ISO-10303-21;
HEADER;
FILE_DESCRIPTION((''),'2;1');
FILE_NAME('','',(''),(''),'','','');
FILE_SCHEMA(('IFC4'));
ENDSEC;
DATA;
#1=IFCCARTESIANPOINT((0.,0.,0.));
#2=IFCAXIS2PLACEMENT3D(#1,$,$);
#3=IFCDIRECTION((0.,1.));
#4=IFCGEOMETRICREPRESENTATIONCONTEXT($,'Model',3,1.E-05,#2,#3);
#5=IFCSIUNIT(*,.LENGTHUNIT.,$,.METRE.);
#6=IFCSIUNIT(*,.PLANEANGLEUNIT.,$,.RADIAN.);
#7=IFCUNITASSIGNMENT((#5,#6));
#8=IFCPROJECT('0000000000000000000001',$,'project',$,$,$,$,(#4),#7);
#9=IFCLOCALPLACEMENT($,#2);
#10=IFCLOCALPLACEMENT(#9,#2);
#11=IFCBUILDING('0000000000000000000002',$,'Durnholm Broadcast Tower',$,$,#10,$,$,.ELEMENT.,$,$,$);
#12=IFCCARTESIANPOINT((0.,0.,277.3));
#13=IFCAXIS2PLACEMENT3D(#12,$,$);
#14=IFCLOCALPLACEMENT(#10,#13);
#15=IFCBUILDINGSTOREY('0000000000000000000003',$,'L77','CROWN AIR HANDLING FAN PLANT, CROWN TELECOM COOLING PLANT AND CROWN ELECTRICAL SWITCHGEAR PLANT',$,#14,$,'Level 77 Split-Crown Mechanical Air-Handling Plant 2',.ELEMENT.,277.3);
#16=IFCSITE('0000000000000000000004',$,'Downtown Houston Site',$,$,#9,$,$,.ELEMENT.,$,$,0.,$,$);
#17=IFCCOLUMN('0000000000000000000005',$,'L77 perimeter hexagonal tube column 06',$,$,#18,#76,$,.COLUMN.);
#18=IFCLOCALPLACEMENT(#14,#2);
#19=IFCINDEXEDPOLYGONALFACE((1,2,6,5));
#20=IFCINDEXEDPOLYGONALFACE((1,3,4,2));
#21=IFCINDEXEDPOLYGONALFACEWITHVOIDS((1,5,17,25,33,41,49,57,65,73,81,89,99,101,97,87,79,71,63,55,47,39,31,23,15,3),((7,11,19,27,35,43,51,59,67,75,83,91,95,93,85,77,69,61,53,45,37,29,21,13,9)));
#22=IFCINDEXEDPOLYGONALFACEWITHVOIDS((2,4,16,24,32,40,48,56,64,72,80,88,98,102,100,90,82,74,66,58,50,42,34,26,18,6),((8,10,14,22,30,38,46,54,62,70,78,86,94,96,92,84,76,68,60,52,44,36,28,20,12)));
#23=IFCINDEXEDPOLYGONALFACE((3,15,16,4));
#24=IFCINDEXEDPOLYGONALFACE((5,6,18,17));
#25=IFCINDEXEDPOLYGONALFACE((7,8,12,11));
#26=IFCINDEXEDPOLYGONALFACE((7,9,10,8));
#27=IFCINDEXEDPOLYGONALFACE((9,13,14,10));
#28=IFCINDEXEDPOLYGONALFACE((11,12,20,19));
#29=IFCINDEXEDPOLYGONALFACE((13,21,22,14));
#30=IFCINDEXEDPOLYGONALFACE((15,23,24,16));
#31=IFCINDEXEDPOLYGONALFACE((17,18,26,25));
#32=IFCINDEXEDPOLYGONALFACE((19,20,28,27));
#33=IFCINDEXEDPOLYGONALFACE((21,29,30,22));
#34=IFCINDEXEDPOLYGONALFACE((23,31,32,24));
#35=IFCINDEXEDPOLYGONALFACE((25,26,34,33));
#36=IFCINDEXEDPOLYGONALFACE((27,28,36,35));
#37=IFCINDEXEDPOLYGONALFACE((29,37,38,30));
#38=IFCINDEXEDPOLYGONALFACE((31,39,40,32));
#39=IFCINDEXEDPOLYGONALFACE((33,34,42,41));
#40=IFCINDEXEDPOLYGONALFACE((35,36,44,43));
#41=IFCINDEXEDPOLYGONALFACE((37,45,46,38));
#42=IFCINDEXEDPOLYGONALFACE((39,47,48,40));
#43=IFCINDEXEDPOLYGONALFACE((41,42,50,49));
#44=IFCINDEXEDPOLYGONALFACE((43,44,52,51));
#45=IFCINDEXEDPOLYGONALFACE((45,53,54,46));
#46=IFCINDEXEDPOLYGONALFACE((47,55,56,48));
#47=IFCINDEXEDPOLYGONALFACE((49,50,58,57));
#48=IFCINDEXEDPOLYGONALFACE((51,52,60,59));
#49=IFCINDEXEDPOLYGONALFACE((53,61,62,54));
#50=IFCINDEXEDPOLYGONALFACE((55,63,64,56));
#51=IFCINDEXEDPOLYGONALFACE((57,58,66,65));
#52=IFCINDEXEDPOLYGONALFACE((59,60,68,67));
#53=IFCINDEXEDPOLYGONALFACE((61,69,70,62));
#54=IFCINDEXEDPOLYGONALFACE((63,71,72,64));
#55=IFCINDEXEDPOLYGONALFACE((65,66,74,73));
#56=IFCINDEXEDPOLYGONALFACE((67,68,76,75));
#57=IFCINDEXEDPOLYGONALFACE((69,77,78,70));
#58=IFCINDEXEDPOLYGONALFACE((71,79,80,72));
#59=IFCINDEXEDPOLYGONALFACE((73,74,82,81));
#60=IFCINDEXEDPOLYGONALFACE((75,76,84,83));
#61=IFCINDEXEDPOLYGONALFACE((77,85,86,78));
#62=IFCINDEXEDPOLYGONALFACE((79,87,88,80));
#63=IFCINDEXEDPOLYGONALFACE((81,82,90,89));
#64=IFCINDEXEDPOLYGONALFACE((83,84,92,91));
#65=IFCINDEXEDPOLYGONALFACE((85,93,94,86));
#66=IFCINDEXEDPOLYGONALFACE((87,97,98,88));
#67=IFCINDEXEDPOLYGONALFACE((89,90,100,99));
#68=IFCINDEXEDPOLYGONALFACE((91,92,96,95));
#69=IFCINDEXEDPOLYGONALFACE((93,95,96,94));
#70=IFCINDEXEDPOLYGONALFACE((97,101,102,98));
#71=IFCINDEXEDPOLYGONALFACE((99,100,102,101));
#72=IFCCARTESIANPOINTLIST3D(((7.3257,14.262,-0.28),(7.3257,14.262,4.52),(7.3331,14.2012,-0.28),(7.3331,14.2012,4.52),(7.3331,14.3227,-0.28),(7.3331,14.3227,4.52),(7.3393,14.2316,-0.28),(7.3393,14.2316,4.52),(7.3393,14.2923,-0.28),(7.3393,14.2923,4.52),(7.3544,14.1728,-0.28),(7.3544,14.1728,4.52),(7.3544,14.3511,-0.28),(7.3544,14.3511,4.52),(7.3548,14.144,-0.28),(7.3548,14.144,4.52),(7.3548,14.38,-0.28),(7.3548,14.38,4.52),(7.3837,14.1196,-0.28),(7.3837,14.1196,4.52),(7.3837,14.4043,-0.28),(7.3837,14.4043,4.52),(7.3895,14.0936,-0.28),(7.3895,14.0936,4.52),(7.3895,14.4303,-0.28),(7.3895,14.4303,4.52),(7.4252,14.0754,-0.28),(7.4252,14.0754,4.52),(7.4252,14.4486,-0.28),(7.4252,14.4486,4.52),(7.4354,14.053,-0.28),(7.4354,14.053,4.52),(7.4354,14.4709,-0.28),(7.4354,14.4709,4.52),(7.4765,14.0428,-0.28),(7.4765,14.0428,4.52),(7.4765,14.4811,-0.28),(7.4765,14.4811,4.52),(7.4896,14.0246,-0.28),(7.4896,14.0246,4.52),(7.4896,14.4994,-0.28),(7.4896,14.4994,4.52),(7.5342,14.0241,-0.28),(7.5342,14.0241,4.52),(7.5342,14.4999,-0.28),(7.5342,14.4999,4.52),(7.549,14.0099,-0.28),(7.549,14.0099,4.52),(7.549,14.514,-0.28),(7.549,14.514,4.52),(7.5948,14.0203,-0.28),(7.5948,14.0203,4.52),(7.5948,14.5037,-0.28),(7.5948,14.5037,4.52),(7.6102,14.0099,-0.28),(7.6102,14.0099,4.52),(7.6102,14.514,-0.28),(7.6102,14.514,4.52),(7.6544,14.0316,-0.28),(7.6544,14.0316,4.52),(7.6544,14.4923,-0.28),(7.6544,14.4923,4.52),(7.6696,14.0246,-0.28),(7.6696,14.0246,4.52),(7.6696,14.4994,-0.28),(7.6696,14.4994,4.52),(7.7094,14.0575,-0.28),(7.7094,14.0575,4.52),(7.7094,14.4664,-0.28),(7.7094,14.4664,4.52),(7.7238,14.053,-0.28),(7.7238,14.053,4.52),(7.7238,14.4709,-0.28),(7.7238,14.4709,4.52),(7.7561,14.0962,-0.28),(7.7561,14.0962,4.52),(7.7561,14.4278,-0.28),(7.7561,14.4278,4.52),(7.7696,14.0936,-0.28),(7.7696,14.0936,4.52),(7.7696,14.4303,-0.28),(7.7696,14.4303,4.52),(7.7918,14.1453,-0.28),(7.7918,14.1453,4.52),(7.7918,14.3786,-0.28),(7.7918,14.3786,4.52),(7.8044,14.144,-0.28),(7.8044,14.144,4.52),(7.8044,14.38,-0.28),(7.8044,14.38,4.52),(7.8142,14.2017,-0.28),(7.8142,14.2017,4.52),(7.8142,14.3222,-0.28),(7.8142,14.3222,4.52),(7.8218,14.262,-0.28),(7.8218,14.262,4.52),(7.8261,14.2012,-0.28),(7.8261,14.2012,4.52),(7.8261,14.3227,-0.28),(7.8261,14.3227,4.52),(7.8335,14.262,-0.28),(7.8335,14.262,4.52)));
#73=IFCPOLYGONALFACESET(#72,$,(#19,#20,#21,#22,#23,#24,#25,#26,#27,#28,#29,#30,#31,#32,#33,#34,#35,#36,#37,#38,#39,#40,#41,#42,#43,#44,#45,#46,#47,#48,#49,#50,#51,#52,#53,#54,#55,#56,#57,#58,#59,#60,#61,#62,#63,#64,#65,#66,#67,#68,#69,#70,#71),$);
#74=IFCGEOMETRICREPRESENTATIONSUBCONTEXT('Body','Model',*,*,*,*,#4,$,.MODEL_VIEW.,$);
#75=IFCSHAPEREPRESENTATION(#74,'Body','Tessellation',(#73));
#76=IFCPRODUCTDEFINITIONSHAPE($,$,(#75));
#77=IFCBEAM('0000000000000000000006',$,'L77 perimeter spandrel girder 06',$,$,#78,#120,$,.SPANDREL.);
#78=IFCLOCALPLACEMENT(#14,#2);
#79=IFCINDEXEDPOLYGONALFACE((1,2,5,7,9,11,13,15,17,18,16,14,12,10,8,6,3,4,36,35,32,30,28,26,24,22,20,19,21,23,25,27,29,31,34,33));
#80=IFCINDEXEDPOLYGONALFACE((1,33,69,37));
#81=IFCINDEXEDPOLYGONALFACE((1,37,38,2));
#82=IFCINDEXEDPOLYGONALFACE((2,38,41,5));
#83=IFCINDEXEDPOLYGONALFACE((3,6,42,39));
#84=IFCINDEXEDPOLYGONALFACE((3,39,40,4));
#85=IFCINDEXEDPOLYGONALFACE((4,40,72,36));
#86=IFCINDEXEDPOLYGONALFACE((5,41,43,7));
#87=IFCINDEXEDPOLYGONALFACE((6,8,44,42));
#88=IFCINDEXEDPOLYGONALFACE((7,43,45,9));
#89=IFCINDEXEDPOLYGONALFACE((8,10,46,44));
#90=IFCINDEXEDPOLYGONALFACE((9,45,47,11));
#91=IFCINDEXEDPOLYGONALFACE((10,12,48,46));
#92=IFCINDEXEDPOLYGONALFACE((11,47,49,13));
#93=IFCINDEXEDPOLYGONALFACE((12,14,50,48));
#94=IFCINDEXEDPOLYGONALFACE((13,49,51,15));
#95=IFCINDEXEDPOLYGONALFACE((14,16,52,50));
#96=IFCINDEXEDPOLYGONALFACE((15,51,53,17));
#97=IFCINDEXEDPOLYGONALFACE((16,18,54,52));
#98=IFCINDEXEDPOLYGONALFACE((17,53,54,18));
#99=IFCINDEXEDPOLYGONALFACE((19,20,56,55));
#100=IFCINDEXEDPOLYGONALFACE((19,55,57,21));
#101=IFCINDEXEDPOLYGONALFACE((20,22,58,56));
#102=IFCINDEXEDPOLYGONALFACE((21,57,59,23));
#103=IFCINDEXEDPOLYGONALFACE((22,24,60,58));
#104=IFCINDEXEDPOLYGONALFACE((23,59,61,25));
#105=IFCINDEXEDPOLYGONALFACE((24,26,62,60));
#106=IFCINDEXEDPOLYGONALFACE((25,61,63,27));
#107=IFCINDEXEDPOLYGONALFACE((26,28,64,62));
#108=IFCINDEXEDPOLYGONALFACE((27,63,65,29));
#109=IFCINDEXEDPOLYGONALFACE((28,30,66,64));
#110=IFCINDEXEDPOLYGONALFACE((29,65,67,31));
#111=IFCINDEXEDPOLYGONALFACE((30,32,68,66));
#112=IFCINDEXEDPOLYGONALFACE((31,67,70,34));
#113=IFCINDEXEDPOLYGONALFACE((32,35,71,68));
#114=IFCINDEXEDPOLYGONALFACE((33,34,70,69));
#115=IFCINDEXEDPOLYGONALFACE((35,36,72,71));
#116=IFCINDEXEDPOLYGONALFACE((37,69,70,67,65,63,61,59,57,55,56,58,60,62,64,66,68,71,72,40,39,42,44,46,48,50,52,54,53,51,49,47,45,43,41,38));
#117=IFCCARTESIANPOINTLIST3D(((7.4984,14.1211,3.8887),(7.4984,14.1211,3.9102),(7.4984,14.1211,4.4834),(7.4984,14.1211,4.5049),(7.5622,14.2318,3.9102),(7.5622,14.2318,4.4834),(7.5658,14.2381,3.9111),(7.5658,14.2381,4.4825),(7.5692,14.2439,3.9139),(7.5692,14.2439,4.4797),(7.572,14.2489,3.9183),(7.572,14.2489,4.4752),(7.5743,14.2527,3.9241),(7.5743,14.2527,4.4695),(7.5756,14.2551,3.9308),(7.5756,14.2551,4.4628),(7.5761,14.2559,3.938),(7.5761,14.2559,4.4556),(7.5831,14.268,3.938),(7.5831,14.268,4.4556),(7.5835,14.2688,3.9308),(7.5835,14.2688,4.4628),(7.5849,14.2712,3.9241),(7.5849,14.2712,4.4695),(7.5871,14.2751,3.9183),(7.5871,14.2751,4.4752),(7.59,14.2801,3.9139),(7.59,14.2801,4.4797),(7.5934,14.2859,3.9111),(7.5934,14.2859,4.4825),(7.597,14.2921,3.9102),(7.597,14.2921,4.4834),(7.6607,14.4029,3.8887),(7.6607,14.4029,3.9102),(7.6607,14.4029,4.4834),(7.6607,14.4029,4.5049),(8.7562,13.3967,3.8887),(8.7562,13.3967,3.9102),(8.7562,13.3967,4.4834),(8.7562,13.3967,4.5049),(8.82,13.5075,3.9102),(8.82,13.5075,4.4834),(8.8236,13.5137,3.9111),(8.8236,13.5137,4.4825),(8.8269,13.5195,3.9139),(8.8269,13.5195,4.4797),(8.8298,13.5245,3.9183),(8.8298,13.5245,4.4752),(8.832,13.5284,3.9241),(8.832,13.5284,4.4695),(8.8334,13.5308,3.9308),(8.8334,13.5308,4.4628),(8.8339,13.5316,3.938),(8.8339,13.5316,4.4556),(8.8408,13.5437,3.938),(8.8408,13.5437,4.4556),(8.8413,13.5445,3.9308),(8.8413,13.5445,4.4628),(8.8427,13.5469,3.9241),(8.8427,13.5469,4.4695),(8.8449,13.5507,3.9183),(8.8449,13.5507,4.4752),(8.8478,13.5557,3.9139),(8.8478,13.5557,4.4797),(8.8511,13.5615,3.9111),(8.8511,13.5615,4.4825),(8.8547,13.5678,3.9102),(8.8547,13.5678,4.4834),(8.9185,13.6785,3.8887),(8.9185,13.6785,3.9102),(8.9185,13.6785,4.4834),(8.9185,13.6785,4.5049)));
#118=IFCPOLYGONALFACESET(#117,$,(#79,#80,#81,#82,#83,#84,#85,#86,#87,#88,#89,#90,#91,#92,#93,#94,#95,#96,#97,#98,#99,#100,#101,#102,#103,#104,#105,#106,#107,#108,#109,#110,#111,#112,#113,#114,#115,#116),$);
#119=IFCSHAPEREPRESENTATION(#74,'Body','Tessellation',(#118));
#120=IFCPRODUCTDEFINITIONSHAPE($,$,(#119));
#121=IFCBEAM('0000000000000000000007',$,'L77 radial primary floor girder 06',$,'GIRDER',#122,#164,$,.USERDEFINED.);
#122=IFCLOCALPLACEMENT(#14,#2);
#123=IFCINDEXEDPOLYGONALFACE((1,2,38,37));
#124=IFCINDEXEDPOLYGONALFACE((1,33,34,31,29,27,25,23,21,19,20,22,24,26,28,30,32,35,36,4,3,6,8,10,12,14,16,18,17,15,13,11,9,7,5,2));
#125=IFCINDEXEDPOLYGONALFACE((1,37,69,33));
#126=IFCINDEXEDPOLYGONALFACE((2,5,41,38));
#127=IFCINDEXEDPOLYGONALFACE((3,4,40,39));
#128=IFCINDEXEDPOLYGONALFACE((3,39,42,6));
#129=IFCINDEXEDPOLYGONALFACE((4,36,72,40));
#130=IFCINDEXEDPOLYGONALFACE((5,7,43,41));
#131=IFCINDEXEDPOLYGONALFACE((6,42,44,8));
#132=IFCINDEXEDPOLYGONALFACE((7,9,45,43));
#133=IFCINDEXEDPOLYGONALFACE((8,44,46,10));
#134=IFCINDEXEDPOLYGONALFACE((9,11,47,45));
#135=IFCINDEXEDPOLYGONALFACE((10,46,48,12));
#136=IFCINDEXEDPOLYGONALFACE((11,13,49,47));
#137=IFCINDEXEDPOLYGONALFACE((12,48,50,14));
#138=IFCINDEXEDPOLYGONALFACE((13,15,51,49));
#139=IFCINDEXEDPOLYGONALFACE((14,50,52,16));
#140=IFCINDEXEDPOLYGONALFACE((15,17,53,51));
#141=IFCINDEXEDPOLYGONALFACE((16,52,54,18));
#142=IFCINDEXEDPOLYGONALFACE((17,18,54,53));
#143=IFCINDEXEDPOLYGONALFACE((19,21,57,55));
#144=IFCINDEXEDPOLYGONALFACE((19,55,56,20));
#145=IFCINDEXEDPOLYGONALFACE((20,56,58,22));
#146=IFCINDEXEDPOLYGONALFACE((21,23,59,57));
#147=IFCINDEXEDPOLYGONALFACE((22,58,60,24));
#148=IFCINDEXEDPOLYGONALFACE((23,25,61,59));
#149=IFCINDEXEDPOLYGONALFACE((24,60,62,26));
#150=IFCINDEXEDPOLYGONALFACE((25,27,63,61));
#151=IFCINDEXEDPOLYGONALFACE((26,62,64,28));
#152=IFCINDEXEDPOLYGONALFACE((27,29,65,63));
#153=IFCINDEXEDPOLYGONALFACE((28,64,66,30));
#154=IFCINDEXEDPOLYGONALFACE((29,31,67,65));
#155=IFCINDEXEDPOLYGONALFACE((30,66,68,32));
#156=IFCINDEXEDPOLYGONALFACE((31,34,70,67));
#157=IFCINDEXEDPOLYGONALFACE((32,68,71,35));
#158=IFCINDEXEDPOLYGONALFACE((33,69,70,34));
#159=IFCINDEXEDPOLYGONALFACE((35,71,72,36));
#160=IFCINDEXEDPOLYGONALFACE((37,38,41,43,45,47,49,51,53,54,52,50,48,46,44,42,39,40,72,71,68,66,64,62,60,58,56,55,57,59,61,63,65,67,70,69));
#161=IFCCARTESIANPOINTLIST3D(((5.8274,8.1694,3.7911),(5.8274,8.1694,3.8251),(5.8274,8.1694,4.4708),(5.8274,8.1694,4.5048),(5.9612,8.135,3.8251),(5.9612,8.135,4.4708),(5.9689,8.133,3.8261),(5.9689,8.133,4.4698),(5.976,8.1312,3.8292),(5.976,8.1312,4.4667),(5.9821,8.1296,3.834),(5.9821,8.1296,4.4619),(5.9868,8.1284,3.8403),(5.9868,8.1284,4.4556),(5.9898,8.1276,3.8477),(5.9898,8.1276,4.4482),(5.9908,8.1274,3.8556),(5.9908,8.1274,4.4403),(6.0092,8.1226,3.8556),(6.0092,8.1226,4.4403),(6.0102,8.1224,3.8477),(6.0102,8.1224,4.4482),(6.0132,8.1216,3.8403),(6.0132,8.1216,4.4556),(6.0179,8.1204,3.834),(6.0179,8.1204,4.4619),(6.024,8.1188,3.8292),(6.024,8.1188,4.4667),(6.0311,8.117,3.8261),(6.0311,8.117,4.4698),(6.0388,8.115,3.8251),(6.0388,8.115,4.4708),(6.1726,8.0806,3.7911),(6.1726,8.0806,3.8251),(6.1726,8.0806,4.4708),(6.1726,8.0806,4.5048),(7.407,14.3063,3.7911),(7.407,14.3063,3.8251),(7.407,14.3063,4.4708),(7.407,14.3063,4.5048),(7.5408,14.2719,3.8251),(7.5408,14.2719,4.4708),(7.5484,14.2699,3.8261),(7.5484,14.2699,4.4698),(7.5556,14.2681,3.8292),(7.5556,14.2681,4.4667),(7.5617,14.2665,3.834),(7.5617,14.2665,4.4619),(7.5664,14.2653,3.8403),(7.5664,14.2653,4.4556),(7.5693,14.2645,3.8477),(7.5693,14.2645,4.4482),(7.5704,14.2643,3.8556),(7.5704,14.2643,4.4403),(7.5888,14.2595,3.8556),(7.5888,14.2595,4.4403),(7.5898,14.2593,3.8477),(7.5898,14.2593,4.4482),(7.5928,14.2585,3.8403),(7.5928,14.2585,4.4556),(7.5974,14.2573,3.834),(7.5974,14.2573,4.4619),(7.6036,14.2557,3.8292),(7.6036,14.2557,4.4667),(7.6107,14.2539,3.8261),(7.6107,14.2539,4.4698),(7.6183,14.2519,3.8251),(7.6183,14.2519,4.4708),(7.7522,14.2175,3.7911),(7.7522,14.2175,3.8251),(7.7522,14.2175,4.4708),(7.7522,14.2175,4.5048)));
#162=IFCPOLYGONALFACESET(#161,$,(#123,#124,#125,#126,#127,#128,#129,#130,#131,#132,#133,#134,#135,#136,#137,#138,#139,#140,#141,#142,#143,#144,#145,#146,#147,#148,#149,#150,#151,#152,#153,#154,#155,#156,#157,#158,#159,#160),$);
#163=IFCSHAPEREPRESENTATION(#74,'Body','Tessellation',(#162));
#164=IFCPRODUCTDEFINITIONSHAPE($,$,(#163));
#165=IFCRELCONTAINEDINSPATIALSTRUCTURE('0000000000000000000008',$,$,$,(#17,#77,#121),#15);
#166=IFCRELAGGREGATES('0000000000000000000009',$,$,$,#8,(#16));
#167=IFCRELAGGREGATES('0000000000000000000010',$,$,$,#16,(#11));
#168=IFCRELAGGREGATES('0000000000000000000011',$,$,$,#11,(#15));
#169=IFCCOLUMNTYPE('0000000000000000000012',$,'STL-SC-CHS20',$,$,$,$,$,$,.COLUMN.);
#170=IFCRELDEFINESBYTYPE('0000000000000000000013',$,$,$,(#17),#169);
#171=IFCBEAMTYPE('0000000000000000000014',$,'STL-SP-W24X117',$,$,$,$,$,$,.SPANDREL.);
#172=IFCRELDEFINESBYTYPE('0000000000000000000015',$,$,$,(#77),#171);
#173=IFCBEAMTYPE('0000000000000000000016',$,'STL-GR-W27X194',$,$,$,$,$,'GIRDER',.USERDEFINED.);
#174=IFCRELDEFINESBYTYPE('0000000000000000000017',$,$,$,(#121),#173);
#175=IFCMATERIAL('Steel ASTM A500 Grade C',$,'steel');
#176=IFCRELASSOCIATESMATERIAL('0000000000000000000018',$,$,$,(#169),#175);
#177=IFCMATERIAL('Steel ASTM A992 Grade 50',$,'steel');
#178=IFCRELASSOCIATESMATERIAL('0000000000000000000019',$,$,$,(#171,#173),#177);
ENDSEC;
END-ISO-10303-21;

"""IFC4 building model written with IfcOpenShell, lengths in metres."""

from ifc_helpers import new_model, si_unit, direction, frame, origin, origin_2d, place, context, subcontext, project, spatial, hollow_circle, i_section, extrude, source, transform, mapped, material, material_profile, profile_set, type_object, type_shapes, element, save


model = new_model("IFC4")

# Units and contexts
model_context = context("Model", 3, precision=1e-05, world=origin(), true_north=direction((0.0, 1.0)))
body_context = subcontext(model_context, "Body", "Model", "MODEL_VIEW")
ifc_project = project(units=[si_unit("LENGTHUNIT", "METRE"), si_unit("PLANEANGLEUNIT", "RADIAN")], contexts=[model_context])

# Site, building, storey
site_placement = place(None, origin())
site = spatial("IfcSite", under=ifc_project, at=site_placement, Name="Downtown Houston Site", CompositionType="ELEMENT", RefElevation=0.0)
building_placement = place(site_placement, origin())
building = spatial("IfcBuilding", under=site, at=building_placement, Name="Durnholm Broadcast Tower", CompositionType="ELEMENT")
storey_placement = place(building_placement, frame((0.0, 0.0, 277.3)))
storey = spatial("IfcBuildingStorey", under=building, at=storey_placement, Name="L77", Description="CROWN AIR HANDLING FAN PLANT, CROWN TELECOM COOLING PLANT AND CROWN ELECTRICAL SWITCHGEAR PLANT", LongName="Level 77 Split-Crown Mechanical Air-Handling Plant 2", CompositionType="ELEMENT", Elevation=277.3)

# Column
ifc_material_1 = material(Name="Steel ASTM A500 Grade C", Category="steel")
ifc_material_profile_1 = material_profile(ifc_material_1, hollow_circle(Radius=0.2539, WallThickness=0.0117, at=origin_2d()), Name="HSS20.000X0.500")
ifc_profile_set_1 = profile_set([ifc_material_profile_1], Name="Steel ASTM A500 Grade C")
column_type = type_object("IfcColumnType", Name="STL-SC-CHS20", PredefinedType="COLUMN", material=ifc_profile_set_1)
shared_shape_1 = source(origin(), body_context, "Body", "SweptSolid", [
    extrude(hollow_circle(Radius=0.2539, WallThickness=0.0117, at=origin_2d()), origin(), (0.0, 0.0, 1.0), 4.8),
])
type_shapes(column_type, [shared_shape_1])
column_placement = place(storey_placement, frame((7.5796, 14.262, -0.28), z_axis=(0.0, 0.0, 1.0), x_axis=(1.0, 0.0, 0.0)))
element("IfcColumn", 1, at=column_placement, inside=storey, type_object=column_type, Name="L77 perimeter hexagonal tube column 06", PredefinedType="COLUMN", context=body_context, shape_type="MappedRepresentation", body=[
    mapped(shared_shape_1, transform((0.0, 0.0, 0.0), x_axis=(1.0, 0.0, 0.0), y_axis=(0.0, 1.0, 0.0), z_axis=(0.0, 0.0, 1.0), scale=1.0)),
])

# Beams
ifc_material_2 = material(Name="Steel ASTM A992 Grade 50", Category="steel")
ifc_material_profile_2 = material_profile(ifc_material_2, i_section(OverallWidth=0.3252, OverallDepth=0.6162, WebThickness=0.0139, FlangeThickness=0.0215, FilletRadius=0.0278, at=origin_2d()), Name="W24X117")
ifc_profile_set_2 = profile_set([ifc_material_profile_2], Name="Steel ASTM A992 Grade 50")
beam_type_1 = type_object("IfcBeamType", Name="STL-SP-W24X117", PredefinedType="SPANDREL", material=ifc_profile_set_2)
shared_shape_2 = source(origin(), body_context, "Body", "SweptSolid", [
    extrude(i_section(OverallWidth=0.3252, OverallDepth=0.6162, WebThickness=0.0139, FlangeThickness=0.0215, FilletRadius=0.0278, at=origin_2d()), origin(), (0.0, 0.0, 1.0), 1.4514),
])
type_shapes(beam_type_1, [shared_shape_2])
beam_1_placement = place(storey_placement, frame((7.5796, 14.262, 4.1968), z_axis=(0.866572, -0.499052, 0.0), x_axis=(0.499052, 0.866572, 0.0)))
element("IfcBeam", 2, at=beam_1_placement, inside=storey, type_object=beam_type_1, Name="L77 perimeter spandrel girder 06", PredefinedType="SPANDREL", context=body_context, shape_type="MappedRepresentation", body=[
    mapped(shared_shape_2, transform((0.0, 0.0, 0.0), x_axis=(1.0, 0.0, 0.0), y_axis=(0.0, 1.0, 0.0), z_axis=(0.0, 0.0, 1.0), scale=1.0)),
])
ifc_material_profile_3 = material_profile(ifc_material_2, i_section(OverallWidth=0.3564, OverallDepth=0.7136, WebThickness=0.019, FlangeThickness=0.0339, FilletRadius=0.0305, at=origin_2d()), Name="W27X194")
ifc_profile_set_3 = profile_set([ifc_material_profile_3], Name="Steel ASTM A992 Grade 50")
beam_type_2 = type_object("IfcBeamType", Name="STL-GR-W27X194", ElementType="GIRDER", PredefinedType="USERDEFINED", material=ifc_profile_set_3)
shared_shape_3 = source(origin(), body_context, "Body", "SweptSolid", [
    extrude(i_section(OverallWidth=0.3564, OverallDepth=0.7136, WebThickness=0.019, FlangeThickness=0.0339, FilletRadius=0.0305, at=origin_2d()), origin(), (0.0, 0.0, 1.0), 6.3369),
])
type_shapes(beam_type_2, [shared_shape_3])
beam_2_placement = place(storey_placement, frame((6.0, 8.125, 4.1479), z_axis=(0.249265, 0.968435, 0.0), x_axis=(-0.968435, 0.249265, 0.0)))
element("IfcBeam", 3, at=beam_2_placement, inside=storey, type_object=beam_type_2, Name="L77 radial primary floor girder 06", ObjectType="GIRDER", PredefinedType="USERDEFINED", context=body_context, shape_type="MappedRepresentation", body=[
    mapped(shared_shape_3, transform((0.0, 0.0, 0.0), x_axis=(1.0, 0.0, 0.0), y_axis=(0.0, 1.0, 0.0), z_axis=(0.0, 0.0, 1.0), scale=1.0)),
])

save(model, "model.ifc")
